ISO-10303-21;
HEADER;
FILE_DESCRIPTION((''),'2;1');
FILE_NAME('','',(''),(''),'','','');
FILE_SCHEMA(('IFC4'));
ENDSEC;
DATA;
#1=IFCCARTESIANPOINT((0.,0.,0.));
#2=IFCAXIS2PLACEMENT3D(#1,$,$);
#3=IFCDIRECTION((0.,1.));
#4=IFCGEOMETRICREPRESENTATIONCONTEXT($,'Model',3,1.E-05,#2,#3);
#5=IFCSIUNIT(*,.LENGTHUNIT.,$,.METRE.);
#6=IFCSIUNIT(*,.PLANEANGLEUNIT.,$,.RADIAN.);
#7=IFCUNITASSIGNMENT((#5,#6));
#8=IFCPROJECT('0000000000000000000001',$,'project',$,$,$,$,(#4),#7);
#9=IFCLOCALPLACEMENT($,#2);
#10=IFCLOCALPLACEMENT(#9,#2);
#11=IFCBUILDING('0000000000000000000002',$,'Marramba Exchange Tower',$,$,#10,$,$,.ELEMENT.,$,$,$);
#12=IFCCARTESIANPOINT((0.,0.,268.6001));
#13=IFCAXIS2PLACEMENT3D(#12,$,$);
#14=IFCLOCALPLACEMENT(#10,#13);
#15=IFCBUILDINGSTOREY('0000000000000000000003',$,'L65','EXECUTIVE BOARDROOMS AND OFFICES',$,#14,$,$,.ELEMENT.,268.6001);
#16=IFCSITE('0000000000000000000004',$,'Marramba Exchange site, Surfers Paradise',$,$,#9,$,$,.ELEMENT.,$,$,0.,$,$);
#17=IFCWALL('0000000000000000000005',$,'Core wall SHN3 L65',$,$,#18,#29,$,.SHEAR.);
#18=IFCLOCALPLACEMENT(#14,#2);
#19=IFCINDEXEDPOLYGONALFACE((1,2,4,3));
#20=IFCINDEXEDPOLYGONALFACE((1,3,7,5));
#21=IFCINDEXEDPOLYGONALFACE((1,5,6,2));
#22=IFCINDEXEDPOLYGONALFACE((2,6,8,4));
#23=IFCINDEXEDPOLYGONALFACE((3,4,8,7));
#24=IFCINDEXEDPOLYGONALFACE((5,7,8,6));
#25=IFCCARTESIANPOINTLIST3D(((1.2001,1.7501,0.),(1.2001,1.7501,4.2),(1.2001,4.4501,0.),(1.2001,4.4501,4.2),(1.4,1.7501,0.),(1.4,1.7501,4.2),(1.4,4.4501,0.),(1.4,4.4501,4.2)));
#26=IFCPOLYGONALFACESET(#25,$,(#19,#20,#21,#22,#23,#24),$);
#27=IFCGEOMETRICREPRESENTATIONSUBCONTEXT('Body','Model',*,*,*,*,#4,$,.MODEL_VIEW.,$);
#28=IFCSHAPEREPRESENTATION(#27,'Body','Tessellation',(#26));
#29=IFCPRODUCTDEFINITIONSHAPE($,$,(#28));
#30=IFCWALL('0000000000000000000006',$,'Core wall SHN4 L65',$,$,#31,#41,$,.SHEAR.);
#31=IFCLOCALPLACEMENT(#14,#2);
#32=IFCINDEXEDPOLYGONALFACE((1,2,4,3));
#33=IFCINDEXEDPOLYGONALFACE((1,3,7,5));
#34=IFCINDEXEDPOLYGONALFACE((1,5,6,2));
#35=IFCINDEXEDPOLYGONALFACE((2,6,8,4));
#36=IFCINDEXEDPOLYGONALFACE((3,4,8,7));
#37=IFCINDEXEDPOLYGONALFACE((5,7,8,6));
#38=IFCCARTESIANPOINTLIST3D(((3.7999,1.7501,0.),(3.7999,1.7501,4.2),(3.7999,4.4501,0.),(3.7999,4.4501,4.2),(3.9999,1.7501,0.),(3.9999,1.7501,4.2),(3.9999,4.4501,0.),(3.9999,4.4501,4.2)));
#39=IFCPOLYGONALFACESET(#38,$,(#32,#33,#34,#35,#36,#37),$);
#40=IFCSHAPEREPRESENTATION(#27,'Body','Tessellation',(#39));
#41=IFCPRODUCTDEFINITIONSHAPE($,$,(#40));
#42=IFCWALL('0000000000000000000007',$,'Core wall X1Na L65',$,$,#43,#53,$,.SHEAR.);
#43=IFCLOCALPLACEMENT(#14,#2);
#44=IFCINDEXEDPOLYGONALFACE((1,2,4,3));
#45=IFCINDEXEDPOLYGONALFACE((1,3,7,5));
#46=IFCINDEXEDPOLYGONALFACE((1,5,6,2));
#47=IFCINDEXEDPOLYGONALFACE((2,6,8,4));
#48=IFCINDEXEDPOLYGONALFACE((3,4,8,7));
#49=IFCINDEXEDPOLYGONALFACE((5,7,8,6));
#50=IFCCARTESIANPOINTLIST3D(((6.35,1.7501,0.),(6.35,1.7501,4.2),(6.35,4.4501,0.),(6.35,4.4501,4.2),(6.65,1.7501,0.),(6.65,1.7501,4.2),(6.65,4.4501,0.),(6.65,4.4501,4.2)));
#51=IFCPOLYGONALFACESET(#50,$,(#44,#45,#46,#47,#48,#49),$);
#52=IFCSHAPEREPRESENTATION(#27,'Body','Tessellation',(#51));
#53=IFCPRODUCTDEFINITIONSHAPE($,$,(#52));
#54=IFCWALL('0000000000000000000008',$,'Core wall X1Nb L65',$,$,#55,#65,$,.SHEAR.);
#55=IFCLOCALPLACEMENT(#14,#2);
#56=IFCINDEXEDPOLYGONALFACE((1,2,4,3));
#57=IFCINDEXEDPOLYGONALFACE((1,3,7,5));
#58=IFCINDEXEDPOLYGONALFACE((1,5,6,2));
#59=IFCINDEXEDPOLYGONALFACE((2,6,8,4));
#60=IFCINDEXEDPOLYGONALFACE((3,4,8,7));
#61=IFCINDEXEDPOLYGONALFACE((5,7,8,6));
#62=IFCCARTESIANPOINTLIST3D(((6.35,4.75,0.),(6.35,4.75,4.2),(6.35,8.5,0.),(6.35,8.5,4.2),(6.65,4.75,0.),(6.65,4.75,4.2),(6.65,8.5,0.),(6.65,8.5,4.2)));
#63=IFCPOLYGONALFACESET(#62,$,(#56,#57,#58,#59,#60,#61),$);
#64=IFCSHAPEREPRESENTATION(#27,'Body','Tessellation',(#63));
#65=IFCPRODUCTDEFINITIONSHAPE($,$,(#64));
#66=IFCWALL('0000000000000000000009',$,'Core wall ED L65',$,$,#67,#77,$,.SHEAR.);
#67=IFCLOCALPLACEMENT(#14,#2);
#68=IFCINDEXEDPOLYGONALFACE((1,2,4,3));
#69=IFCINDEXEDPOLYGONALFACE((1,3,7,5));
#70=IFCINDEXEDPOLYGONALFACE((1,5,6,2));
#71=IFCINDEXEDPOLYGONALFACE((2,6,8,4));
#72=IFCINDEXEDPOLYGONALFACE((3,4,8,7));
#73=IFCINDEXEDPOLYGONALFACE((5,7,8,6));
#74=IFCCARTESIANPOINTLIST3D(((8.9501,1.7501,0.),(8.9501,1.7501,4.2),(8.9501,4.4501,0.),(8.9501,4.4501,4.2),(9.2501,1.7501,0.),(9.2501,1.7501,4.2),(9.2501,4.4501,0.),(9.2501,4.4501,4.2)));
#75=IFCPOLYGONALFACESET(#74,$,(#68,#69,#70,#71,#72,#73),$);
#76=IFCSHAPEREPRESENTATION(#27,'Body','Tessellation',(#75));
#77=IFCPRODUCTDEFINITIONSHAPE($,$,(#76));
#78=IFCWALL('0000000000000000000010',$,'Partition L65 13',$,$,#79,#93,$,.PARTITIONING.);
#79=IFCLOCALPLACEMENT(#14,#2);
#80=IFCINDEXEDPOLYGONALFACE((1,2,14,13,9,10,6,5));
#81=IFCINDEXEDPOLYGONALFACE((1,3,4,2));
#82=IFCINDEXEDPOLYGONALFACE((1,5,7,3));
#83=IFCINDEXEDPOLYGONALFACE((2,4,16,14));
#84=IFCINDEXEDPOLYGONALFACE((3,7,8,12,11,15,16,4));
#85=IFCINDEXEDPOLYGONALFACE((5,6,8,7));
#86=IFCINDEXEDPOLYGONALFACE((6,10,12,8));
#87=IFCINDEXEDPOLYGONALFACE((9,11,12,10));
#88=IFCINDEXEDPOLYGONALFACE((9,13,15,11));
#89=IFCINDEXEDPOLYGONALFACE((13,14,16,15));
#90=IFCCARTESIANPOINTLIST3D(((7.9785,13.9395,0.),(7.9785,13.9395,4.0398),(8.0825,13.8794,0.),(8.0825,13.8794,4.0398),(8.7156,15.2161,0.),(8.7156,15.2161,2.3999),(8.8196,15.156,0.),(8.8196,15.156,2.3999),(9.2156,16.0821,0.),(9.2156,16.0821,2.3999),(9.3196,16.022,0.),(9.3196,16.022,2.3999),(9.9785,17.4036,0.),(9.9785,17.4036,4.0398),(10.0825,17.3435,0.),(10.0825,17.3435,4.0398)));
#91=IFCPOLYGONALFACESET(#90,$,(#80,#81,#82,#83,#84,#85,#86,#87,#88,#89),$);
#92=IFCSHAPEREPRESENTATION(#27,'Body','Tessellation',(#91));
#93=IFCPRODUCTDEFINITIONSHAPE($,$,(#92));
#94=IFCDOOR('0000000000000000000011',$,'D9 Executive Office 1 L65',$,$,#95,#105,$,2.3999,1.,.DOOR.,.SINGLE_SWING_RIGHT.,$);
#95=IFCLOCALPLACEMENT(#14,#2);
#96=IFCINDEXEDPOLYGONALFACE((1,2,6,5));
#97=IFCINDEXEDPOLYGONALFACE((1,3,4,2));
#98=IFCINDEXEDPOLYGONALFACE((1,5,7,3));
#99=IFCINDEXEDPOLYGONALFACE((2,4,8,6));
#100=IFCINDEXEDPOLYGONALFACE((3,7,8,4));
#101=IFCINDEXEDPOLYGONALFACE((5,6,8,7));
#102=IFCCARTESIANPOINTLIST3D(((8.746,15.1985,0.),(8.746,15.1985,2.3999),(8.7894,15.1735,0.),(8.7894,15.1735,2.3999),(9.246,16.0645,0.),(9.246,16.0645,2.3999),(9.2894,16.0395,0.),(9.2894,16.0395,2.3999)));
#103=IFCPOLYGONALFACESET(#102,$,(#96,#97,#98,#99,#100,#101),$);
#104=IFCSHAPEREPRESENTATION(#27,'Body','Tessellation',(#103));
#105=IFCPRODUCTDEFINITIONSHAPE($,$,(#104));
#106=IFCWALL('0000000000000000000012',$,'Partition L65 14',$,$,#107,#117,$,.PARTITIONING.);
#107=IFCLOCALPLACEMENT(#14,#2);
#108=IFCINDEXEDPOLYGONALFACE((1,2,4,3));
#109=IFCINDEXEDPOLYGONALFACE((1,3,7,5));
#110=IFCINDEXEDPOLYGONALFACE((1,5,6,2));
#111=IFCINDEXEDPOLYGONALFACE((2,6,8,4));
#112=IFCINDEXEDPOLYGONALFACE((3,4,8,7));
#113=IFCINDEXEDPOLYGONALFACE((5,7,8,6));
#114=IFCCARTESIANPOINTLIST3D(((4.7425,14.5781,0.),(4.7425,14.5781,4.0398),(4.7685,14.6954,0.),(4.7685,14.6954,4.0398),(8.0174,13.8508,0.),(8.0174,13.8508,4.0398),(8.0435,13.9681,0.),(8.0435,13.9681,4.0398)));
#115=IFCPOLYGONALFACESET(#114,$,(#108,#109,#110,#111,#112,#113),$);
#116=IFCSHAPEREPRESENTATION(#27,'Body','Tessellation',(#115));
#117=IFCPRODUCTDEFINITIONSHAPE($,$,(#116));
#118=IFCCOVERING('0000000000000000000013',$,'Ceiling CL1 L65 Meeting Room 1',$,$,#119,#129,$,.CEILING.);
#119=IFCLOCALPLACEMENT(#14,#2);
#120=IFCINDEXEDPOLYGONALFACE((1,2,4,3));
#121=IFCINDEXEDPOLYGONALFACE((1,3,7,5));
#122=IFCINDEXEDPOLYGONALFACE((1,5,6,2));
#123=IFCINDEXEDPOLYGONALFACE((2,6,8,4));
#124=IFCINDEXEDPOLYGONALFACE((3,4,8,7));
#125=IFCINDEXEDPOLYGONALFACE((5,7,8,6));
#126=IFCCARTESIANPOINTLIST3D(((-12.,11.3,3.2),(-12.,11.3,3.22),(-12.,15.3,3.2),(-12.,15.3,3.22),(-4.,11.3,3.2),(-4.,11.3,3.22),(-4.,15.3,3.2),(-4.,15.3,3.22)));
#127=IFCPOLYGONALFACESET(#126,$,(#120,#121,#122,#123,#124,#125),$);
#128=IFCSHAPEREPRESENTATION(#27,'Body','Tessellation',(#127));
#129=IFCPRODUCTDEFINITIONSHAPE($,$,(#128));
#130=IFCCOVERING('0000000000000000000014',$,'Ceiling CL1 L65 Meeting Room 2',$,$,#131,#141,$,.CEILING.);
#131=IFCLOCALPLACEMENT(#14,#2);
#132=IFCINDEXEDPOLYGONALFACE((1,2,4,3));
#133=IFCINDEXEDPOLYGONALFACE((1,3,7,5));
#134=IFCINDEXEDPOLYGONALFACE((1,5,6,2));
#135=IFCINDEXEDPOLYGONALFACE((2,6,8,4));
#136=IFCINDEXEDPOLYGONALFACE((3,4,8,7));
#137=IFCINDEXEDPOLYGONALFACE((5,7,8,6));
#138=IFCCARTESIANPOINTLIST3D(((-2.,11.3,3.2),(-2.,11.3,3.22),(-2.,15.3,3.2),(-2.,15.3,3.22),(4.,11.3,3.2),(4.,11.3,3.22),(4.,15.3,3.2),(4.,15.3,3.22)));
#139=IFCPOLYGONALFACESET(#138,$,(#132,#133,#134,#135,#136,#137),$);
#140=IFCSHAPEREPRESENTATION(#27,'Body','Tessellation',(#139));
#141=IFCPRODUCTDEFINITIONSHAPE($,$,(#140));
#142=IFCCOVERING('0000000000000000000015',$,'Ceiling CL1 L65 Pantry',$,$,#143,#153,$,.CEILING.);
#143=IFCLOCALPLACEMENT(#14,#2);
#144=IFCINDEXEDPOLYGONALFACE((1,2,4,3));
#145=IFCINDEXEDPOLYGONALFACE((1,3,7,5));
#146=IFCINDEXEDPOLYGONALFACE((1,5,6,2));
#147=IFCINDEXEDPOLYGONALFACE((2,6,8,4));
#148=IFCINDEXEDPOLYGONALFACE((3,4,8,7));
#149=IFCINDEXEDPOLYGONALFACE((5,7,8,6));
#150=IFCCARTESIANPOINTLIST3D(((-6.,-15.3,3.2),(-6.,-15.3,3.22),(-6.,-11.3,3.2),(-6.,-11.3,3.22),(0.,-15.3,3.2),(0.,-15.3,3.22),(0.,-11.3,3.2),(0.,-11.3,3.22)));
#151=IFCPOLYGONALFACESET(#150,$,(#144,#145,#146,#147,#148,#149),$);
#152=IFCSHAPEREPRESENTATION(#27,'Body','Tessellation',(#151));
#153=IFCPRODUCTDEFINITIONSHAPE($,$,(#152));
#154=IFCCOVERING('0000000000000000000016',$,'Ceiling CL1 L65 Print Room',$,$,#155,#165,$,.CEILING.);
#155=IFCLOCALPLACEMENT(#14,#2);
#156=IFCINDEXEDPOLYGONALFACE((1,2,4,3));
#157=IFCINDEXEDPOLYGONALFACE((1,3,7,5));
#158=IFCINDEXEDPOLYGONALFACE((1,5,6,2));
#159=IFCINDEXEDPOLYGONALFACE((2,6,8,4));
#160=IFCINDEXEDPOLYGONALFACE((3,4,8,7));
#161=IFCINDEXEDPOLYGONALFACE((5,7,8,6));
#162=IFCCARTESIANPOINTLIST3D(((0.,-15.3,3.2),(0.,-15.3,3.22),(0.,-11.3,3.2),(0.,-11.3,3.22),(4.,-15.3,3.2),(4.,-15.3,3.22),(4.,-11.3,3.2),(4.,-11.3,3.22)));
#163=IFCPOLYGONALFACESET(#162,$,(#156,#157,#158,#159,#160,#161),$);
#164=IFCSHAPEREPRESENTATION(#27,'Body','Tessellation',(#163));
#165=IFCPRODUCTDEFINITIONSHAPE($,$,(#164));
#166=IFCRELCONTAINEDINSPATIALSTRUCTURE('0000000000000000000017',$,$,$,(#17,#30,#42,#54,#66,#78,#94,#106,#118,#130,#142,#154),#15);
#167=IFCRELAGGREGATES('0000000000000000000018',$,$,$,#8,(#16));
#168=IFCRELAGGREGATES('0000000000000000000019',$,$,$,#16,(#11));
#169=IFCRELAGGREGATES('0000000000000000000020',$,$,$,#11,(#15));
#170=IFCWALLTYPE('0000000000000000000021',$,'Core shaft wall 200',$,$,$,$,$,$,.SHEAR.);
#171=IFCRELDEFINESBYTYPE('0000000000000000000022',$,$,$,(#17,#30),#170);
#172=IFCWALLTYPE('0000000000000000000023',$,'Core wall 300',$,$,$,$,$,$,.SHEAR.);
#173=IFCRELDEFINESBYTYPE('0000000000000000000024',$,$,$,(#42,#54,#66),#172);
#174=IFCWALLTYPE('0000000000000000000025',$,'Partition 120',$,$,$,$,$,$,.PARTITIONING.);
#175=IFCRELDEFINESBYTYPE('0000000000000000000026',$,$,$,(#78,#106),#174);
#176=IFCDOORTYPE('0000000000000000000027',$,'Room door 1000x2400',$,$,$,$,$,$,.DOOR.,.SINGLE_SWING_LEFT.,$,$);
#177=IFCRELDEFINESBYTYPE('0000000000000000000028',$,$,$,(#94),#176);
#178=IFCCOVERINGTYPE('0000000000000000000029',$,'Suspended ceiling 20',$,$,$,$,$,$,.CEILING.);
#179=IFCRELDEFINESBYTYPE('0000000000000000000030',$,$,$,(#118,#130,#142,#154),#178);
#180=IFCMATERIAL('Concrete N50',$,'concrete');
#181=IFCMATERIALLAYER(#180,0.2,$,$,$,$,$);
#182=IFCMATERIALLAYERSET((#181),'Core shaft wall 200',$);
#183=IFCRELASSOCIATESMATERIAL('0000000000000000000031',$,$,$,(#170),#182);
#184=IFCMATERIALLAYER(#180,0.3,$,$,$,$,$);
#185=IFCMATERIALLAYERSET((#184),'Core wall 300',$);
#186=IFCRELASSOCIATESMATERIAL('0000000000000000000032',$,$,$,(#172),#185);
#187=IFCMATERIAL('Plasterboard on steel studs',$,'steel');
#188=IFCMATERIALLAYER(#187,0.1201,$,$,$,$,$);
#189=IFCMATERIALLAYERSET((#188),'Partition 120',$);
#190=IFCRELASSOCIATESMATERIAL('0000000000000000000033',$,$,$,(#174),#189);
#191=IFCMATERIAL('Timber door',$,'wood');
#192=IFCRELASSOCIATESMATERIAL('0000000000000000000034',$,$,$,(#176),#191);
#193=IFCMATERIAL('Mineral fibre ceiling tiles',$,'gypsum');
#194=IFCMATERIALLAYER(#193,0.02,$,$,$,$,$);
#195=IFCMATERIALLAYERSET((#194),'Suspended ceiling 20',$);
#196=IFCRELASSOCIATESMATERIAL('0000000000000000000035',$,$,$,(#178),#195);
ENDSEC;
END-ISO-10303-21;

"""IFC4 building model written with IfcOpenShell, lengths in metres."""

from ifc_helpers import new_model, si_unit, direction, frame, frame_2d, origin, place, context, subcontext, project, spatial, polyline, rectangle, outline, extrude, material, layer, layer_set, type_object, element, fill, save


model = new_model("IFC4")

# Units and contexts
model_context = context("Model", 3, precision=1e-05, world=origin(), true_north=direction((0.0, 1.0)))
body_context = subcontext(model_context, "Body", "Model", "MODEL_VIEW")
ifc_project = project(units=[si_unit("LENGTHUNIT", "METRE"), si_unit("PLANEANGLEUNIT", "RADIAN")], contexts=[model_context])

# Site, building, storey
site_placement = place(None, origin())
site = spatial("IfcSite", under=ifc_project, at=site_placement, Name="Marramba Exchange site, Surfers Paradise", CompositionType="ELEMENT", RefElevation=0.0)
building_placement = place(site_placement, origin())
building = spatial("IfcBuilding", under=site, at=building_placement, Name="Marramba Exchange Tower", CompositionType="ELEMENT")
storey_placement = place(building_placement, frame((0.0, 0.0, 268.6001)))
storey = spatial("IfcBuildingStorey", under=building, at=storey_placement, Name="L65", Description="EXECUTIVE BOARDROOMS AND OFFICES", CompositionType="ELEMENT", Elevation=268.6001)

# Shared definitions
ifc_material_1 = material(Name="Concrete N50", Category="concrete")

# Shared definitions
ifc_material_2 = material(Name="Timber door", Category="wood")

# Walls
ifc_layer_1 = layer(ifc_material_1, 0.2)
ifc_layer_set_1 = layer_set([ifc_layer_1], Name="Core shaft wall 200")
wall_type_1 = type_object("IfcWallType", Name="Core shaft wall 200", PredefinedType="SHEAR", material=ifc_layer_set_1)
for number, where, z_axis, x_axis, name in (
    (1, (1.3, 1.75, 0.0), (0.0, 0.0, 1.0), (0.0, 1.0, 0.0), "Core wall SHN3 L65"),
    (2, (3.8999, 1.75, 0.0), (0.0, 0.0, 1.0), (0.0, 1.0, 0.0), "Core wall SHN4 L65"),
):
    element("IfcWall", number, at=place(storey_placement, frame(where, z_axis=z_axis, x_axis=x_axis)), inside=storey, type_object=wall_type_1, Name=name, PredefinedType="SHEAR", context=body_context, shape_type="SweptSolid", body=[
        extrude(rectangle(XDim=2.7, YDim=0.2, at=frame_2d((1.3501, 0.0))), origin(), (0.0, 0.0, 1.0), 4.2),
    ])
ifc_layer_2 = layer(ifc_material_1, 0.3)
ifc_layer_set_2 = layer_set([ifc_layer_2], Name="Core wall 300")
wall_type_2 = type_object("IfcWallType", Name="Core wall 300", PredefinedType="SHEAR", material=ifc_layer_set_2)
wall_1_placement = place(storey_placement, frame((6.5, 1.75, 0.0), z_axis=(0.0, 0.0, 1.0), x_axis=(0.0, 1.0, 0.0)))
element("IfcWall", 3, at=wall_1_placement, inside=storey, type_object=wall_type_2, Name="Core wall X1Na L65", PredefinedType="SHEAR", context=body_context, shape_type="SweptSolid", body=[
    extrude(rectangle(XDim=2.7, YDim=0.3, at=frame_2d((1.3501, 0.0))), origin(), (0.0, 0.0, 1.0), 4.2),
])
wall_2_placement = place(storey_placement, frame((6.5, 4.75, 0.0), z_axis=(0.0, 0.0, 1.0), x_axis=(0.0, 1.0, 0.0)))
element("IfcWall", 4, at=wall_2_placement, inside=storey, type_object=wall_type_2, Name="Core wall X1Nb L65", PredefinedType="SHEAR", context=body_context, shape_type="SweptSolid", body=[
    extrude(rectangle(XDim=3.75, YDim=0.3, at=frame_2d((1.875, 0.0))), origin(), (0.0, 0.0, 1.0), 4.2),
])
wall_3_placement = place(storey_placement, frame((9.1001, 1.75, 0.0), z_axis=(0.0, 0.0, 1.0), x_axis=(0.0, 1.0, 0.0)))
element("IfcWall", 5, at=wall_3_placement, inside=storey, type_object=wall_type_2, Name="Core wall ED L65", PredefinedType="SHEAR", context=body_context, shape_type="SweptSolid", body=[
    extrude(rectangle(XDim=2.7, YDim=0.3, at=frame_2d((1.3501, 0.0))), origin(), (0.0, 0.0, 1.0), 4.2),
])

# Wall, opening, door
ifc_material_3 = material(Name="Plasterboard on steel studs", Category="steel")
ifc_layer_3 = layer(ifc_material_3, 0.1201)
ifc_layer_set_3 = layer_set([ifc_layer_3], Name="Partition 120")
wall_type_3 = type_object("IfcWallType", Name="Partition 120", PredefinedType="PARTITIONING", material=ifc_layer_set_3)
wall_4_placement = place(storey_placement, frame((8.0305, 13.9094, 0.0), z_axis=(0.0, 0.0, 1.0), x_axis=(0.499999, 0.866026, 0.0)))
wall_4 = element("IfcWall", 6, at=wall_4_placement, inside=storey, type_object=wall_type_3, Name="Partition L65 13", PredefinedType="PARTITIONING", context=body_context, shape_type="SweptSolid", body=[
    extrude(rectangle(XDim=4.0, YDim=0.1201, at=frame_2d((2.0, 0.0))), origin(), (0.0, 0.0, 1.0), 4.0398),
])
opening_1_placement = place(wall_4_placement, frame((1.4741, 0.0, 0.0)))
opening_1 = element("IfcOpeningElement", 7, at=opening_1_placement, cuts=wall_4, PredefinedType="OPENING", context=body_context, shape_type="SweptSolid", body=[
    extrude(rectangle(XDim=1.0, YDim=2.3999, at=frame_2d((0.5, 1.2))), frame((0.0, 0.0701, 0.0), z_axis=(0.0, -1.0, 0.0), x_axis=(1.0, 0.0, 0.0)), (0.0, 0.0, 1.0), 0.1401),
])
door_type_1 = type_object("IfcDoorType", Name="Room door 1000x2400", OperationType="SINGLE_SWING_LEFT", PredefinedType="DOOR", material=ifc_material_2)
door_1_placement = place(opening_1_placement, origin())
door_1 = element("IfcDoor", 8, at=door_1_placement, inside=storey, type_object=door_type_1, Name="D9 Executive Office 1 L65", OperationType="SINGLE_SWING_RIGHT", OverallHeight=2.3999, OverallWidth=1.0, PredefinedType="DOOR", context=body_context, shape_type="SweptSolid", body=[
    extrude(rectangle(XDim=1.0, YDim=2.3999, at=frame_2d((0.5, 1.2))), frame((0.0, 0.0249, 0.0), z_axis=(0.0, -1.0, 0.0), x_axis=(1.0, 0.0, 0.0)), (0.0, 0.0, 1.0), 0.05),
])
fill(opening_1, door_1)

# Wall
wall_5_placement = place(storey_placement, frame((4.7556, 14.6367, 0.0), z_axis=(0.0, 0.0, 1.0), x_axis=(0.976216, -0.216799, 0.0)))
element("IfcWall", 9, at=wall_5_placement, inside=storey, type_object=wall_type_3, Name="Partition L65 14", PredefinedType="PARTITIONING", context=body_context, shape_type="SweptSolid", body=[
    extrude(rectangle(XDim=3.3547, YDim=0.1201, at=frame_2d((1.6772, 0.0))), origin(), (0.0, 0.0, 1.0), 4.0398),
])

# Coverings
ifc_material_4 = material(Name="Mineral fibre ceiling tiles", Category="gypsum")
ifc_layer_4 = layer(ifc_material_4, 0.02)
ifc_layer_set_4 = layer_set([ifc_layer_4], Name="Suspended ceiling 20")
covering_type = type_object("IfcCoveringType", Name="Suspended ceiling 20", PredefinedType="CEILING", material=ifc_layer_set_4)
covering_1_placement = place(storey_placement, frame((0.0, 0.0, 3.2)))
element("IfcCovering", 10, at=covering_1_placement, inside=storey, type_object=covering_type, Name="Ceiling CL1 L65 Meeting Room 1", PredefinedType="CEILING", context=body_context, shape_type="SweptSolid", body=[
    extrude(outline(polyline([(-4.0, 11.3), (-12.0, 11.3), (-12.0, 15.3), (-4.0, 15.3), (-4.0, 11.3)])), origin(), (0.0, 0.0, 1.0), 0.02),
])
covering_2_placement = place(storey_placement, frame((0.0, 0.0, 3.2)))
element("IfcCovering", 11, at=covering_2_placement, inside=storey, type_object=covering_type, Name="Ceiling CL1 L65 Meeting Room 2", PredefinedType="CEILING", context=body_context, shape_type="SweptSolid", body=[
    extrude(outline(polyline([(4.0, 11.3), (-2.0, 11.3), (-2.0, 15.3), (4.0, 15.3), (4.0, 11.3)])), origin(), (0.0, 0.0, 1.0), 0.02),
])
covering_3_placement = place(storey_placement, frame((0.0, 0.0, 3.2)))
element("IfcCovering", 12, at=covering_3_placement, inside=storey, type_object=covering_type, Name="Ceiling CL1 L65 Pantry", PredefinedType="CEILING", context=body_context, shape_type="SweptSolid", body=[
    extrude(outline(polyline([(0.0, -15.3), (-6.0, -15.3), (-6.0, -11.3), (0.0, -11.3), (0.0, -15.3)])), origin(), (0.0, 0.0, 1.0), 0.02),
])
covering_4_placement = place(storey_placement, frame((0.0, 0.0, 3.2)))
element("IfcCovering", 13, at=covering_4_placement, inside=storey, type_object=covering_type, Name="Ceiling CL1 L65 Print Room", PredefinedType="CEILING", context=body_context, shape_type="SweptSolid", body=[
    extrude(outline(polyline([(4.0, -15.3), (0.0, -15.3), (0.0, -11.3), (4.0, -11.3), (4.0, -15.3)])), origin(), (0.0, 0.0, 1.0), 0.02),
])

save(model, "model.ifc")
